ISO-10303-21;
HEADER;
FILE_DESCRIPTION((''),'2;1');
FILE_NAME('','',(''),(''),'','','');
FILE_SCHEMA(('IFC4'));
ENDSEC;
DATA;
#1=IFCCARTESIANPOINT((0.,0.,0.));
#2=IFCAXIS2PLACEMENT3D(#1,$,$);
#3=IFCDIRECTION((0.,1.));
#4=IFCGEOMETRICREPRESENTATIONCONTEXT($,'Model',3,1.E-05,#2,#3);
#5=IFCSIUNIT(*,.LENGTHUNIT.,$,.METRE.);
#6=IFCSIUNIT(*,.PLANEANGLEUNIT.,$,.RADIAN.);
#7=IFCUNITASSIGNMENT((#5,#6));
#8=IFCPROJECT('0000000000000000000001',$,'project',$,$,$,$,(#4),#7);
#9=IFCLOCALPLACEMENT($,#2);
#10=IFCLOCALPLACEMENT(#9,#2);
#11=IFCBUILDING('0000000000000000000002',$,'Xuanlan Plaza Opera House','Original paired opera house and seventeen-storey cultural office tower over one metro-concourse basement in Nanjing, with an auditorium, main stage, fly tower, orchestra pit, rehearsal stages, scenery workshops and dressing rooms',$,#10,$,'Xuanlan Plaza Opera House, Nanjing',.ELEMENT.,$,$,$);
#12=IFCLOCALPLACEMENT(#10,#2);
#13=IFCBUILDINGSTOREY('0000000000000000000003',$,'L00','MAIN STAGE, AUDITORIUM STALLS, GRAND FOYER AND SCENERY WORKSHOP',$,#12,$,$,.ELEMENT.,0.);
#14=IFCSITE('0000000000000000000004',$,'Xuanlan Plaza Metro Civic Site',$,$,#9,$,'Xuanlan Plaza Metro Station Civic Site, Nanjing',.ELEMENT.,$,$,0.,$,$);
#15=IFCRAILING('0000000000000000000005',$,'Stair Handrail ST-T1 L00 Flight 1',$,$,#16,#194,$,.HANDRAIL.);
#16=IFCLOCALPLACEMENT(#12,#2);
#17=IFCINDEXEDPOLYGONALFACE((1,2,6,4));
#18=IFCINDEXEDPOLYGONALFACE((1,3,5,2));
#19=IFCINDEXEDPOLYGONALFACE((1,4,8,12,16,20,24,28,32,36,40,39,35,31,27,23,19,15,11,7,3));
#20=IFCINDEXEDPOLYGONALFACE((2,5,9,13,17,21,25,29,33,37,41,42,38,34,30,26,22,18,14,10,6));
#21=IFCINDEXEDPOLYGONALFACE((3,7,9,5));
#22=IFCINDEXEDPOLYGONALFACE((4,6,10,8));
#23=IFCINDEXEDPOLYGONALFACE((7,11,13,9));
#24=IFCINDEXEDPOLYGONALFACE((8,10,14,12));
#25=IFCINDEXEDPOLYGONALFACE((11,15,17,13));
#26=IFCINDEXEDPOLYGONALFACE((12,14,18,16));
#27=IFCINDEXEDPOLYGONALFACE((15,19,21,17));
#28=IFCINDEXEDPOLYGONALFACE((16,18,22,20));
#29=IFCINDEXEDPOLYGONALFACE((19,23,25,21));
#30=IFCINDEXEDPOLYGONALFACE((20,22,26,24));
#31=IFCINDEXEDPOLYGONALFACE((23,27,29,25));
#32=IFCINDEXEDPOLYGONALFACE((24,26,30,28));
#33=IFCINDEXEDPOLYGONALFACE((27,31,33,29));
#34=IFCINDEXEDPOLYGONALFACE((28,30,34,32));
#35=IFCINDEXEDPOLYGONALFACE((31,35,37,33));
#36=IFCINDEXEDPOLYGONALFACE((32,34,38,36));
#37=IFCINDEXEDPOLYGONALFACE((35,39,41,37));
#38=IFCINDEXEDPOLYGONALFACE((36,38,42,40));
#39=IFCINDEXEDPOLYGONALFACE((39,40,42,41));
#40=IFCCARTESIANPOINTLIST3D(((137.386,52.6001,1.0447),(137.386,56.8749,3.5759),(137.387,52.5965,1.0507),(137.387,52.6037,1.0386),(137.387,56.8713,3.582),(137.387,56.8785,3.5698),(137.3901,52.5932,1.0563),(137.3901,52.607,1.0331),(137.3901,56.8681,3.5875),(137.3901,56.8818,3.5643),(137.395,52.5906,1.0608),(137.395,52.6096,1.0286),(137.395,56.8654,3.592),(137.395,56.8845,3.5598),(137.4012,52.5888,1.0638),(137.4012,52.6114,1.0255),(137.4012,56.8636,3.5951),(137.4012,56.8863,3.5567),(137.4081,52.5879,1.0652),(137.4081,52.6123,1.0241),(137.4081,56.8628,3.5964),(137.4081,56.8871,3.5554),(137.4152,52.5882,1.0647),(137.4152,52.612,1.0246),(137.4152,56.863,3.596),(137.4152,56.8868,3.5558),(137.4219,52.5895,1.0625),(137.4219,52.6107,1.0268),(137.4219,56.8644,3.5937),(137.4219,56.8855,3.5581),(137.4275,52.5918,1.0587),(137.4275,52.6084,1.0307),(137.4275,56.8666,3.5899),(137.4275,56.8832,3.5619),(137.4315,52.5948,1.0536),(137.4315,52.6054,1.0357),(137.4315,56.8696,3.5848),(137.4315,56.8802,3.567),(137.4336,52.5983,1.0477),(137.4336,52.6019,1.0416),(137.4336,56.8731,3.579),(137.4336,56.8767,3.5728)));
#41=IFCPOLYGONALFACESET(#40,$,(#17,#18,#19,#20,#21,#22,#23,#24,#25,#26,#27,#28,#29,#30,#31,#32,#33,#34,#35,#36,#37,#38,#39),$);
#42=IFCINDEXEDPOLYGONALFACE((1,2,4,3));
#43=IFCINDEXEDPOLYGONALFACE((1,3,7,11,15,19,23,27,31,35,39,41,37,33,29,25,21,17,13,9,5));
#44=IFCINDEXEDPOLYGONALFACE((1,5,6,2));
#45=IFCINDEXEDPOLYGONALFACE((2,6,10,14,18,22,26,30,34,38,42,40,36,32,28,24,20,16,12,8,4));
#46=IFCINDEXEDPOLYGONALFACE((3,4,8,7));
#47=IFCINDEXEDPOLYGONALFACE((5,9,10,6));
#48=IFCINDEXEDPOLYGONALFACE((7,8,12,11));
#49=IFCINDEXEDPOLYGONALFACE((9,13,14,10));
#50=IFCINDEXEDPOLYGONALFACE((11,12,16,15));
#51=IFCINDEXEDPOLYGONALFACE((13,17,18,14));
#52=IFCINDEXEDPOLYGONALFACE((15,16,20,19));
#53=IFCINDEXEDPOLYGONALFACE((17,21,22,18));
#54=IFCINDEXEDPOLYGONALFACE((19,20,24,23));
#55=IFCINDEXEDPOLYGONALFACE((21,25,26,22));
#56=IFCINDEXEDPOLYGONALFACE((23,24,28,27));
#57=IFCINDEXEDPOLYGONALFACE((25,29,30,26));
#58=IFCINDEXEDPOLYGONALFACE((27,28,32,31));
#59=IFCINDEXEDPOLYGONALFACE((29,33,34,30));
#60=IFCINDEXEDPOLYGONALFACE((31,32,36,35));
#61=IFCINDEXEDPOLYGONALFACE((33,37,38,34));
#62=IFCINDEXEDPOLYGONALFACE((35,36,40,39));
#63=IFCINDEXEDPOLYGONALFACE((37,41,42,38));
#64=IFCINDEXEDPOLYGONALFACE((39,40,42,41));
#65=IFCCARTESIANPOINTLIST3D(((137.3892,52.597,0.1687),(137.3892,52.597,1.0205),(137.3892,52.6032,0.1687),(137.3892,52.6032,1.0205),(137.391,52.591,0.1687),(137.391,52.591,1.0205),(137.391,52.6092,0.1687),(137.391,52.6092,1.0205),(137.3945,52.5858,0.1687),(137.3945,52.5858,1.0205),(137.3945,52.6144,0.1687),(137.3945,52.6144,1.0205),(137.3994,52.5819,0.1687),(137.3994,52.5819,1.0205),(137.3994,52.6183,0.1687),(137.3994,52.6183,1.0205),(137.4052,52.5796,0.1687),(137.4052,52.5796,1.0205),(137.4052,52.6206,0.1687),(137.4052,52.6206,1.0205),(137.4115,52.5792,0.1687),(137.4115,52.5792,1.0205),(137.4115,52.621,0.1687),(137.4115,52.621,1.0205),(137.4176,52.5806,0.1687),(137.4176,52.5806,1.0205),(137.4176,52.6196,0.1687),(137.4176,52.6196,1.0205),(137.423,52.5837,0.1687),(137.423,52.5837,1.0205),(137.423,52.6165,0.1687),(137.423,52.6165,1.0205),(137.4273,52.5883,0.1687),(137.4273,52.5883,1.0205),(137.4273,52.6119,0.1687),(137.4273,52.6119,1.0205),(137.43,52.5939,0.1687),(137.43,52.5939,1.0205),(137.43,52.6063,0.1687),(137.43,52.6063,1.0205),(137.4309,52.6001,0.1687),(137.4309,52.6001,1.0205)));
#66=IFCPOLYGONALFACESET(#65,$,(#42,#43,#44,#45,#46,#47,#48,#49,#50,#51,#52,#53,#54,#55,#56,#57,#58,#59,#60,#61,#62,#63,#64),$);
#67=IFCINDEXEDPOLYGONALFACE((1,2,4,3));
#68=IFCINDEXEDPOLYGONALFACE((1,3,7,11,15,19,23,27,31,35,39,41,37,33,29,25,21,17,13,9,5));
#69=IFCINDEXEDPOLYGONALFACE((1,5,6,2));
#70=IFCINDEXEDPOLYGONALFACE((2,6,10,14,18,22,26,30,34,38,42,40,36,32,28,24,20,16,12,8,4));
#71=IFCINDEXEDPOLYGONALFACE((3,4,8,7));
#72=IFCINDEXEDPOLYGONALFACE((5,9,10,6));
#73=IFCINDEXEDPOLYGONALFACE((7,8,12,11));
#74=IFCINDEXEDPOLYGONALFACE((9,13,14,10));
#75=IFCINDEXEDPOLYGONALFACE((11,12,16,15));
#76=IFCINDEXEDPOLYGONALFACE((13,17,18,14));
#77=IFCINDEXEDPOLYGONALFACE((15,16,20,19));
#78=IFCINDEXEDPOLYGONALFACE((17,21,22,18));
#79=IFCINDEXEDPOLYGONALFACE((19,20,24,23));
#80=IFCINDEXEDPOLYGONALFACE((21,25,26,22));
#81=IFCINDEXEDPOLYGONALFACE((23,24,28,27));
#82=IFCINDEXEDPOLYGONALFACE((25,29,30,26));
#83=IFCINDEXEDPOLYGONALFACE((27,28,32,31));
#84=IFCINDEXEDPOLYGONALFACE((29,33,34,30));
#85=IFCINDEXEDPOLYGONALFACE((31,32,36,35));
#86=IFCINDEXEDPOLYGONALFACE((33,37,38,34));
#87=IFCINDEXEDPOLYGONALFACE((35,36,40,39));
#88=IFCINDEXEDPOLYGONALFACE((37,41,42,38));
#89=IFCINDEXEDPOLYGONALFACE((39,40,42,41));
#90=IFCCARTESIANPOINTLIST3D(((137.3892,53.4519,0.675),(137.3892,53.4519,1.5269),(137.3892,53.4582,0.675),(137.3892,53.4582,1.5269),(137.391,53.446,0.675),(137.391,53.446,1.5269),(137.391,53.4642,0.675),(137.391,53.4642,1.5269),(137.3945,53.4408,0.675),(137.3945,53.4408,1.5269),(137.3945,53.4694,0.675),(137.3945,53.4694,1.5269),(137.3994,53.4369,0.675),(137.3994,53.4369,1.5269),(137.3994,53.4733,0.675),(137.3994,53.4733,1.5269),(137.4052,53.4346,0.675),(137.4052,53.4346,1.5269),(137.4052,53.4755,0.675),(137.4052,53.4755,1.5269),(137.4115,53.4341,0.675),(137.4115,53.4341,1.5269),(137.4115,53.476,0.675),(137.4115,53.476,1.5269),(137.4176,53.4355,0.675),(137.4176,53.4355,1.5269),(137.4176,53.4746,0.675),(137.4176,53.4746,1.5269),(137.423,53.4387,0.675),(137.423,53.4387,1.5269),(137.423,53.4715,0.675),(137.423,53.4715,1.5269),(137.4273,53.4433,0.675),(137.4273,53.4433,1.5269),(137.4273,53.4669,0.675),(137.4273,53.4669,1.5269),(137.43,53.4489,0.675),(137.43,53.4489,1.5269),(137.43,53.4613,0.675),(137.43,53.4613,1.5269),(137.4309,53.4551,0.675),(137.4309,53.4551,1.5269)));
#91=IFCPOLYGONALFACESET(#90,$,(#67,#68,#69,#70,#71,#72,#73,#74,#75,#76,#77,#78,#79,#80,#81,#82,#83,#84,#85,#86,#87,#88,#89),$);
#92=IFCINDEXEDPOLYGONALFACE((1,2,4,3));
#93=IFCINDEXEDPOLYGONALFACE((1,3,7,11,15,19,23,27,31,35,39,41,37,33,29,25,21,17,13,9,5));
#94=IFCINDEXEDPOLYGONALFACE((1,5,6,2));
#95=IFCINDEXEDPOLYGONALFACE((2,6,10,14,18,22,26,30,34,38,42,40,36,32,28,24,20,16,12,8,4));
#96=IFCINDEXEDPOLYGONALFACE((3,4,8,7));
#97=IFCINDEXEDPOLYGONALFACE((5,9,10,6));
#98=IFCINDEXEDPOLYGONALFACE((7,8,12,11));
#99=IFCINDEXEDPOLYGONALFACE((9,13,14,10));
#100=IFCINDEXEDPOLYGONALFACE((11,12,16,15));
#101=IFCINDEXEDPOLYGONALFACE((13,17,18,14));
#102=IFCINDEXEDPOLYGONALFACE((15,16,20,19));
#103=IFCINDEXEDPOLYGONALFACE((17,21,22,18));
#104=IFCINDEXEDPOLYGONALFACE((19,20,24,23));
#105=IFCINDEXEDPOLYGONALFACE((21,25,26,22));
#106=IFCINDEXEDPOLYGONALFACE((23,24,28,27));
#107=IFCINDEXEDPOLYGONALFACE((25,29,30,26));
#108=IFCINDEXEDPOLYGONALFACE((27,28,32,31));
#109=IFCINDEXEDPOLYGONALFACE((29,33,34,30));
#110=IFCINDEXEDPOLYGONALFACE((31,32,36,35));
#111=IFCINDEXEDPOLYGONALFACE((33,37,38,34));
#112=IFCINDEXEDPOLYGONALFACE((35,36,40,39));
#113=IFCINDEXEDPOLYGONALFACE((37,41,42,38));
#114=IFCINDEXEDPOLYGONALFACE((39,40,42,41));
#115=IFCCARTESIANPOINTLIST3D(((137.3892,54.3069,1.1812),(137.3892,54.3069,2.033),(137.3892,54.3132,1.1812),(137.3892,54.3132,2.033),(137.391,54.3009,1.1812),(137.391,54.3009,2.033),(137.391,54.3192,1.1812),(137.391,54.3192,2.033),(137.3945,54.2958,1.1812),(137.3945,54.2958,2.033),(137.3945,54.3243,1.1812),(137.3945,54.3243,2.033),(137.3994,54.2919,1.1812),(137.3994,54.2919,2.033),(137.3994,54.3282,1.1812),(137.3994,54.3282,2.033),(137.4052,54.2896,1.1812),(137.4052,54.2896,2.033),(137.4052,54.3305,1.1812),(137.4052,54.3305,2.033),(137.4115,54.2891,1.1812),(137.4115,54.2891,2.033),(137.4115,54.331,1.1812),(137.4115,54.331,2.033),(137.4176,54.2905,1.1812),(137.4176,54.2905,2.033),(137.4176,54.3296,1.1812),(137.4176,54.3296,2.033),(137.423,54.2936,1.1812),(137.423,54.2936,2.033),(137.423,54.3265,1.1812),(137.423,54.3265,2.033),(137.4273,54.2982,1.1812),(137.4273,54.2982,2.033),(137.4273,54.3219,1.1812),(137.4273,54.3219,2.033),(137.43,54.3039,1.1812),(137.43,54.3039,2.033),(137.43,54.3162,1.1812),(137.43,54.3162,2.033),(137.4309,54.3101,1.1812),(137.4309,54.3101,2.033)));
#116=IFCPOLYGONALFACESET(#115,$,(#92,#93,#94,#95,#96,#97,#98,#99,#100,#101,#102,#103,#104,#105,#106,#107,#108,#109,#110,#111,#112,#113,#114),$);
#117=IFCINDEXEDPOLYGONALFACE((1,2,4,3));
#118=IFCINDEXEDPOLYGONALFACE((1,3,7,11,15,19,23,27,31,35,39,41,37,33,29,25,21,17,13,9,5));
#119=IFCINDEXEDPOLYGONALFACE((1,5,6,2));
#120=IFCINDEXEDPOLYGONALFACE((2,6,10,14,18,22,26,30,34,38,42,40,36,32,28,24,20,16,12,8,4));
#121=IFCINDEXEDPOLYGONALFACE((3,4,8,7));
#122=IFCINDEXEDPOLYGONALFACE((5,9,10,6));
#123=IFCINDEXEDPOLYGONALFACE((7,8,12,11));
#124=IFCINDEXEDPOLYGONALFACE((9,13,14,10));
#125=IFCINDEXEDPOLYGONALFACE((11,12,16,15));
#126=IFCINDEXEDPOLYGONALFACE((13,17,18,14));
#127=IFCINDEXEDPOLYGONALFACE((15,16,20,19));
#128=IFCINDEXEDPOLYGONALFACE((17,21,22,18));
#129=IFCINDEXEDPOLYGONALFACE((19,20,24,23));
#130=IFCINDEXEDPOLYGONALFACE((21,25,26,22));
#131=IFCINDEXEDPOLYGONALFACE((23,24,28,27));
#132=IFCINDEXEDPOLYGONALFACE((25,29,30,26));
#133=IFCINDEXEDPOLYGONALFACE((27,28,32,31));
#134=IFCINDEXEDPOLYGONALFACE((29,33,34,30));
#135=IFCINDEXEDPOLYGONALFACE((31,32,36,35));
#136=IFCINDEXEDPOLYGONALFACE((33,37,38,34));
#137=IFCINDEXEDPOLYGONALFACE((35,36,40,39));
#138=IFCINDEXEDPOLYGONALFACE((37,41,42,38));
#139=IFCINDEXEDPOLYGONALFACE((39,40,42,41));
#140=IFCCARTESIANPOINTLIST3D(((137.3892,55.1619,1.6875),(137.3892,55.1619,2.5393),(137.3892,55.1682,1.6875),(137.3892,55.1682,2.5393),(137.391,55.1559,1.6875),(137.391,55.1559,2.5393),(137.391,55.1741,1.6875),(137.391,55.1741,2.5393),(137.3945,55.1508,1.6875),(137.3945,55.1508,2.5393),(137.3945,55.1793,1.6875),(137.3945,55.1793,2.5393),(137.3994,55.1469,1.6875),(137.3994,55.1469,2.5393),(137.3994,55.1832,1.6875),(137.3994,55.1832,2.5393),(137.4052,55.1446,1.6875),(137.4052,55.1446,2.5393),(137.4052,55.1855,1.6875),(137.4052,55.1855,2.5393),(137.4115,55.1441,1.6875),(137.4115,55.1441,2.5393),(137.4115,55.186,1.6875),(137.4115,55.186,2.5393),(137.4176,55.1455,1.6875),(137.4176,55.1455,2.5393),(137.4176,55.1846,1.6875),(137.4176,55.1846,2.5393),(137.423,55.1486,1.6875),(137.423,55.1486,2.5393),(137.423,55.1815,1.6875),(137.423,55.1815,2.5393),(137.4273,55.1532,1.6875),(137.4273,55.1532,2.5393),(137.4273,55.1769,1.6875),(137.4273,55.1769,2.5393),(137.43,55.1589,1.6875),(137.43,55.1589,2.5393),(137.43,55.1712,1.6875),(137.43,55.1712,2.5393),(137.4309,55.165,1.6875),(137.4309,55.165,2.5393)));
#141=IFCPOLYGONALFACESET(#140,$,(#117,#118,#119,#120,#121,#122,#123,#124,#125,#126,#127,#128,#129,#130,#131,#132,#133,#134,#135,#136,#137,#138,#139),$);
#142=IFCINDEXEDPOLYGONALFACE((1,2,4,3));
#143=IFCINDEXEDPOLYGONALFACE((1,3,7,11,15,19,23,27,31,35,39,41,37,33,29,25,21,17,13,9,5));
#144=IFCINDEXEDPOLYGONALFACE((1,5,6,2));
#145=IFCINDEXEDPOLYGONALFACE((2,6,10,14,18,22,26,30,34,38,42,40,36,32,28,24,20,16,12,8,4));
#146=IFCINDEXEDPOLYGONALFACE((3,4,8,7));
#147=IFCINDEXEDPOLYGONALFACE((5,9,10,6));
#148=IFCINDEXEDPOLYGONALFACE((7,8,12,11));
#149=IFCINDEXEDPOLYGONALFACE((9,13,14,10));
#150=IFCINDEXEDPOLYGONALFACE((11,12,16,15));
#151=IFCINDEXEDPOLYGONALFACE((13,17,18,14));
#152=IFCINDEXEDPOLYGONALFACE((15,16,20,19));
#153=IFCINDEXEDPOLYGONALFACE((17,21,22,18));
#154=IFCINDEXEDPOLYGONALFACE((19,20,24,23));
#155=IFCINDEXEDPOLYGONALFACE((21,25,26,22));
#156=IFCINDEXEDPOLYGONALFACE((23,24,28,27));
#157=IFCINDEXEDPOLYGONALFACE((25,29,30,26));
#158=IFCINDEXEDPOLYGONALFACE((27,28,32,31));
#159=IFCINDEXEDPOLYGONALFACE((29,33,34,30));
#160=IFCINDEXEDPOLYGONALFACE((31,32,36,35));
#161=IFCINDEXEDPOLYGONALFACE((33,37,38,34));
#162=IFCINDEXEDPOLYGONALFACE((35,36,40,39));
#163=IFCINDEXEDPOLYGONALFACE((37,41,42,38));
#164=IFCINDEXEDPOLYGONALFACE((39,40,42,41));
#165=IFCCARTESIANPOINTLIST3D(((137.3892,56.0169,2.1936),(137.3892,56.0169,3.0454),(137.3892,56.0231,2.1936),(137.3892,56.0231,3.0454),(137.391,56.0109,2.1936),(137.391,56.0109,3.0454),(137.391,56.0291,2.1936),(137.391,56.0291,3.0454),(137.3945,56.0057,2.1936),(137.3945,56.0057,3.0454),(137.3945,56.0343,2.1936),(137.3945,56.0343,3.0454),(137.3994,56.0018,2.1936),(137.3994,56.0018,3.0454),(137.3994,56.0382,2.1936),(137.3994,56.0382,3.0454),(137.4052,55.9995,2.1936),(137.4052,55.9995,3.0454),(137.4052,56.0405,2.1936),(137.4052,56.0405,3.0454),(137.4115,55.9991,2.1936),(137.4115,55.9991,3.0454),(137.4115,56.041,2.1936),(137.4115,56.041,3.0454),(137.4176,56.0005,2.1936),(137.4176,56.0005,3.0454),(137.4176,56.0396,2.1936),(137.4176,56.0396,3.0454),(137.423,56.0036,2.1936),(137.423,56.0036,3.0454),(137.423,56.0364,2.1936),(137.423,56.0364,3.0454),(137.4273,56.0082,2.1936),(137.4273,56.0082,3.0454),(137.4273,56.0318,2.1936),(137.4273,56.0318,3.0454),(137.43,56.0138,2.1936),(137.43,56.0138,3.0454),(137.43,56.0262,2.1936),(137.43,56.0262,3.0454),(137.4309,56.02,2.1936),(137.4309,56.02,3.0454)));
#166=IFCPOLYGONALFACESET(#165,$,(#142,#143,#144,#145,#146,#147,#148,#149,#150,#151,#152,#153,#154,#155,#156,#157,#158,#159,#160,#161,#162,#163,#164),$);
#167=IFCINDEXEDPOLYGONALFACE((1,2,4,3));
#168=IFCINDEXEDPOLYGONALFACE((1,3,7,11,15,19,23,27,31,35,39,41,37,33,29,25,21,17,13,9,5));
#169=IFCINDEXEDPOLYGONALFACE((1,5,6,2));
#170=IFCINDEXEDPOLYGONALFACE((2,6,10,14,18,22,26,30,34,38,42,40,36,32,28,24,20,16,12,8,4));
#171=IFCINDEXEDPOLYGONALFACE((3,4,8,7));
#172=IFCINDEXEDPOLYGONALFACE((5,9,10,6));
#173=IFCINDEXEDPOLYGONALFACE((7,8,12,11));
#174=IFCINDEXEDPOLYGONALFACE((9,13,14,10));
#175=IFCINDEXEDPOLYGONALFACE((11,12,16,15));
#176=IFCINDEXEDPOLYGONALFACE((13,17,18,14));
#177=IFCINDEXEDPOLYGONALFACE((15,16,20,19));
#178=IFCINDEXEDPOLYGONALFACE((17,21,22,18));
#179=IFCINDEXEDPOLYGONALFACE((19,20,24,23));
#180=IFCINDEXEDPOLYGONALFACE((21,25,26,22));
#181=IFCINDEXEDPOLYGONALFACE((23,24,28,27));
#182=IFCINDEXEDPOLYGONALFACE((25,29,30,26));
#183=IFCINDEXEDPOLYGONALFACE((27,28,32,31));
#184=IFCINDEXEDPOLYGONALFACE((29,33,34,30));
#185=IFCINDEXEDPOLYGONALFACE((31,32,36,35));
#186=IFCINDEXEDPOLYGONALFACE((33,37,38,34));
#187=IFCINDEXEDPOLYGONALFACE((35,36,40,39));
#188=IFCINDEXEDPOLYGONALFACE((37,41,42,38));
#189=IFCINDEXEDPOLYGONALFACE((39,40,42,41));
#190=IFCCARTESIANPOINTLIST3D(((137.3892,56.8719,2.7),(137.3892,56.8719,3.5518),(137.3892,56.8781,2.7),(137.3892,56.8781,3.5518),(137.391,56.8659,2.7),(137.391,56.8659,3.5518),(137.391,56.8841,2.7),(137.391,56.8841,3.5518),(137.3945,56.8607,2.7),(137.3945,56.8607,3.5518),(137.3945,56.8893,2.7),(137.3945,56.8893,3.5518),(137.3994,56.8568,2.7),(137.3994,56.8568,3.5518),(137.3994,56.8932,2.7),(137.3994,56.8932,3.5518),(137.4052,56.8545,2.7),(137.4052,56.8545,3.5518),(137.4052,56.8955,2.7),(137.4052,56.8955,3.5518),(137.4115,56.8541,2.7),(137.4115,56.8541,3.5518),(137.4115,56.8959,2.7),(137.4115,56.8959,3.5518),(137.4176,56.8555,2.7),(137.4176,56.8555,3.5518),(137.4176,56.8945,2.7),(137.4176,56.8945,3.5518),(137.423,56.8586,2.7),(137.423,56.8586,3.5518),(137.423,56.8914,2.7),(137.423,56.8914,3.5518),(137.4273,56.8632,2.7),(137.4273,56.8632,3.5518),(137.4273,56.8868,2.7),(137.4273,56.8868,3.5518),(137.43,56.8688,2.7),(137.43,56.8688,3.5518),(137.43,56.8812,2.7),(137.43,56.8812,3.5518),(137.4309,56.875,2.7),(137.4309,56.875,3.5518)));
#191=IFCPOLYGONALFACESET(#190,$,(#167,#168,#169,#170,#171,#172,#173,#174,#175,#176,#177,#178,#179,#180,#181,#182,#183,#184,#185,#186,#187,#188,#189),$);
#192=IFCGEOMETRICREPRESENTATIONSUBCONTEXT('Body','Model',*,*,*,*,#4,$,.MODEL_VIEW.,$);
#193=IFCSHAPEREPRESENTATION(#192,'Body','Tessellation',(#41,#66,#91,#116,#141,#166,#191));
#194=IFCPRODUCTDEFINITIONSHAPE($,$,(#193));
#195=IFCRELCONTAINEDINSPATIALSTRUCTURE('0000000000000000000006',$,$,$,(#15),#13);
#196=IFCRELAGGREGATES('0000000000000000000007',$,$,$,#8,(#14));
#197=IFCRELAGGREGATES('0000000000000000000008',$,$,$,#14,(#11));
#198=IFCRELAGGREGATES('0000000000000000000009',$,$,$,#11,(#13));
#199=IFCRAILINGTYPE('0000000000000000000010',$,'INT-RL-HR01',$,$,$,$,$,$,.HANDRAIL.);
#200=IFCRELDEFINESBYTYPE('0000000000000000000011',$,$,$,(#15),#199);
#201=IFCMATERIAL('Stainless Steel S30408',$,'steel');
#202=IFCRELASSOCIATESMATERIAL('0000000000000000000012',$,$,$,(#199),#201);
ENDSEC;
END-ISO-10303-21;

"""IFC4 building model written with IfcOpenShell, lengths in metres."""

from ifc_helpers import new_model, si_unit, direction, frame, origin, origin_2d, place, context, subcontext, project, spatial, circle, extrude, material, type_object, element, save


model = new_model("IFC4")

# Units and contexts
model_context = context("Model", 3, precision=1e-05, world=origin(), true_north=direction((0.0, 1.0)))
body_context = subcontext(model_context, "Body", "Model", "MODEL_VIEW")
ifc_project = project(units=[si_unit("LENGTHUNIT", "METRE"), si_unit("PLANEANGLEUNIT", "RADIAN")], contexts=[model_context])

# Site, building, storey
site_placement = place(None, origin())
site = spatial("IfcSite", under=ifc_project, at=site_placement, Name="Xuanlan Plaza Metro Civic Site", LongName="Xuanlan Plaza Metro Station Civic Site, Nanjing", CompositionType="ELEMENT", RefElevation=0.0)
building_placement = place(site_placement, origin())
building = spatial("IfcBuilding", under=site, at=building_placement, Name="Xuanlan Plaza Opera House", Description="Original paired opera house and seventeen-storey cultural office tower over one metro-concourse basement in Nanjing, with an auditorium, main stage, fly tower, orchestra pit, rehearsal stages, scenery workshops and dressing rooms", LongName="Xuanlan Plaza Opera House, Nanjing", CompositionType="ELEMENT")
storey_placement = place(building_placement, origin())
storey = spatial("IfcBuildingStorey", under=building, at=storey_placement, Name="L00", Description="MAIN STAGE, AUDITORIUM STALLS, GRAND FOYER AND SCENERY WORKSHOP", CompositionType="ELEMENT", Elevation=0.0)

# Shared definitions
ifc_material_1 = material(Name="Stainless Steel S30408", Category="steel")

# Railing
railing_type = type_object("IfcRailingType", Name="INT-RL-HR01", PredefinedType="HANDRAIL", material=ifc_material_1)
for number, where, name in (
    (1, (137.4099, 52.6001, 0.1687), "Stair Handrail ST-T1 L00 Flight 1"),
):
    element("IfcRailing", number, at=place(storey_placement, frame(where)), inside=storey, type_object=railing_type, Name=name, PredefinedType="HANDRAIL", context=body_context, shape_type="SweptSolid", body=[
        extrude(circle(Radius=0.0239, at=origin_2d()), frame((0.0, 0.0, 0.876), z_axis=(0.0, 0.86047, 0.509501), x_axis=(-1.0, 0.0, 0.0)), (0.0, 0.0, 1.0), 4.968),
        extrude(circle(Radius=0.021, at=origin_2d()), origin(), (0.0, 0.0, 1.0), 0.8518),
        extrude(circle(Radius=0.021, at=origin_2d()), frame((0.0, 0.855, 0.5063)), (0.0, 0.0, 1.0), 0.8518),
        extrude(circle(Radius=0.021, at=origin_2d()), frame((0.0, 1.71, 1.0125)), (0.0, 0.0, 1.0), 0.8518),
        extrude(circle(Radius=0.021, at=origin_2d()), frame((0.0, 2.5649, 1.5188)), (0.0, 0.0, 1.0), 0.8518),
        extrude(circle(Radius=0.021, at=origin_2d()), frame((0.0, 3.4199, 2.0249)), (0.0, 0.0, 1.0), 0.8518),
        extrude(circle(Radius=0.021, at=origin_2d()), frame((0.0, 4.2749, 2.5312)), (0.0, 0.0, 1.0), 0.8518),
    ])

save(model, "model.ifc")
